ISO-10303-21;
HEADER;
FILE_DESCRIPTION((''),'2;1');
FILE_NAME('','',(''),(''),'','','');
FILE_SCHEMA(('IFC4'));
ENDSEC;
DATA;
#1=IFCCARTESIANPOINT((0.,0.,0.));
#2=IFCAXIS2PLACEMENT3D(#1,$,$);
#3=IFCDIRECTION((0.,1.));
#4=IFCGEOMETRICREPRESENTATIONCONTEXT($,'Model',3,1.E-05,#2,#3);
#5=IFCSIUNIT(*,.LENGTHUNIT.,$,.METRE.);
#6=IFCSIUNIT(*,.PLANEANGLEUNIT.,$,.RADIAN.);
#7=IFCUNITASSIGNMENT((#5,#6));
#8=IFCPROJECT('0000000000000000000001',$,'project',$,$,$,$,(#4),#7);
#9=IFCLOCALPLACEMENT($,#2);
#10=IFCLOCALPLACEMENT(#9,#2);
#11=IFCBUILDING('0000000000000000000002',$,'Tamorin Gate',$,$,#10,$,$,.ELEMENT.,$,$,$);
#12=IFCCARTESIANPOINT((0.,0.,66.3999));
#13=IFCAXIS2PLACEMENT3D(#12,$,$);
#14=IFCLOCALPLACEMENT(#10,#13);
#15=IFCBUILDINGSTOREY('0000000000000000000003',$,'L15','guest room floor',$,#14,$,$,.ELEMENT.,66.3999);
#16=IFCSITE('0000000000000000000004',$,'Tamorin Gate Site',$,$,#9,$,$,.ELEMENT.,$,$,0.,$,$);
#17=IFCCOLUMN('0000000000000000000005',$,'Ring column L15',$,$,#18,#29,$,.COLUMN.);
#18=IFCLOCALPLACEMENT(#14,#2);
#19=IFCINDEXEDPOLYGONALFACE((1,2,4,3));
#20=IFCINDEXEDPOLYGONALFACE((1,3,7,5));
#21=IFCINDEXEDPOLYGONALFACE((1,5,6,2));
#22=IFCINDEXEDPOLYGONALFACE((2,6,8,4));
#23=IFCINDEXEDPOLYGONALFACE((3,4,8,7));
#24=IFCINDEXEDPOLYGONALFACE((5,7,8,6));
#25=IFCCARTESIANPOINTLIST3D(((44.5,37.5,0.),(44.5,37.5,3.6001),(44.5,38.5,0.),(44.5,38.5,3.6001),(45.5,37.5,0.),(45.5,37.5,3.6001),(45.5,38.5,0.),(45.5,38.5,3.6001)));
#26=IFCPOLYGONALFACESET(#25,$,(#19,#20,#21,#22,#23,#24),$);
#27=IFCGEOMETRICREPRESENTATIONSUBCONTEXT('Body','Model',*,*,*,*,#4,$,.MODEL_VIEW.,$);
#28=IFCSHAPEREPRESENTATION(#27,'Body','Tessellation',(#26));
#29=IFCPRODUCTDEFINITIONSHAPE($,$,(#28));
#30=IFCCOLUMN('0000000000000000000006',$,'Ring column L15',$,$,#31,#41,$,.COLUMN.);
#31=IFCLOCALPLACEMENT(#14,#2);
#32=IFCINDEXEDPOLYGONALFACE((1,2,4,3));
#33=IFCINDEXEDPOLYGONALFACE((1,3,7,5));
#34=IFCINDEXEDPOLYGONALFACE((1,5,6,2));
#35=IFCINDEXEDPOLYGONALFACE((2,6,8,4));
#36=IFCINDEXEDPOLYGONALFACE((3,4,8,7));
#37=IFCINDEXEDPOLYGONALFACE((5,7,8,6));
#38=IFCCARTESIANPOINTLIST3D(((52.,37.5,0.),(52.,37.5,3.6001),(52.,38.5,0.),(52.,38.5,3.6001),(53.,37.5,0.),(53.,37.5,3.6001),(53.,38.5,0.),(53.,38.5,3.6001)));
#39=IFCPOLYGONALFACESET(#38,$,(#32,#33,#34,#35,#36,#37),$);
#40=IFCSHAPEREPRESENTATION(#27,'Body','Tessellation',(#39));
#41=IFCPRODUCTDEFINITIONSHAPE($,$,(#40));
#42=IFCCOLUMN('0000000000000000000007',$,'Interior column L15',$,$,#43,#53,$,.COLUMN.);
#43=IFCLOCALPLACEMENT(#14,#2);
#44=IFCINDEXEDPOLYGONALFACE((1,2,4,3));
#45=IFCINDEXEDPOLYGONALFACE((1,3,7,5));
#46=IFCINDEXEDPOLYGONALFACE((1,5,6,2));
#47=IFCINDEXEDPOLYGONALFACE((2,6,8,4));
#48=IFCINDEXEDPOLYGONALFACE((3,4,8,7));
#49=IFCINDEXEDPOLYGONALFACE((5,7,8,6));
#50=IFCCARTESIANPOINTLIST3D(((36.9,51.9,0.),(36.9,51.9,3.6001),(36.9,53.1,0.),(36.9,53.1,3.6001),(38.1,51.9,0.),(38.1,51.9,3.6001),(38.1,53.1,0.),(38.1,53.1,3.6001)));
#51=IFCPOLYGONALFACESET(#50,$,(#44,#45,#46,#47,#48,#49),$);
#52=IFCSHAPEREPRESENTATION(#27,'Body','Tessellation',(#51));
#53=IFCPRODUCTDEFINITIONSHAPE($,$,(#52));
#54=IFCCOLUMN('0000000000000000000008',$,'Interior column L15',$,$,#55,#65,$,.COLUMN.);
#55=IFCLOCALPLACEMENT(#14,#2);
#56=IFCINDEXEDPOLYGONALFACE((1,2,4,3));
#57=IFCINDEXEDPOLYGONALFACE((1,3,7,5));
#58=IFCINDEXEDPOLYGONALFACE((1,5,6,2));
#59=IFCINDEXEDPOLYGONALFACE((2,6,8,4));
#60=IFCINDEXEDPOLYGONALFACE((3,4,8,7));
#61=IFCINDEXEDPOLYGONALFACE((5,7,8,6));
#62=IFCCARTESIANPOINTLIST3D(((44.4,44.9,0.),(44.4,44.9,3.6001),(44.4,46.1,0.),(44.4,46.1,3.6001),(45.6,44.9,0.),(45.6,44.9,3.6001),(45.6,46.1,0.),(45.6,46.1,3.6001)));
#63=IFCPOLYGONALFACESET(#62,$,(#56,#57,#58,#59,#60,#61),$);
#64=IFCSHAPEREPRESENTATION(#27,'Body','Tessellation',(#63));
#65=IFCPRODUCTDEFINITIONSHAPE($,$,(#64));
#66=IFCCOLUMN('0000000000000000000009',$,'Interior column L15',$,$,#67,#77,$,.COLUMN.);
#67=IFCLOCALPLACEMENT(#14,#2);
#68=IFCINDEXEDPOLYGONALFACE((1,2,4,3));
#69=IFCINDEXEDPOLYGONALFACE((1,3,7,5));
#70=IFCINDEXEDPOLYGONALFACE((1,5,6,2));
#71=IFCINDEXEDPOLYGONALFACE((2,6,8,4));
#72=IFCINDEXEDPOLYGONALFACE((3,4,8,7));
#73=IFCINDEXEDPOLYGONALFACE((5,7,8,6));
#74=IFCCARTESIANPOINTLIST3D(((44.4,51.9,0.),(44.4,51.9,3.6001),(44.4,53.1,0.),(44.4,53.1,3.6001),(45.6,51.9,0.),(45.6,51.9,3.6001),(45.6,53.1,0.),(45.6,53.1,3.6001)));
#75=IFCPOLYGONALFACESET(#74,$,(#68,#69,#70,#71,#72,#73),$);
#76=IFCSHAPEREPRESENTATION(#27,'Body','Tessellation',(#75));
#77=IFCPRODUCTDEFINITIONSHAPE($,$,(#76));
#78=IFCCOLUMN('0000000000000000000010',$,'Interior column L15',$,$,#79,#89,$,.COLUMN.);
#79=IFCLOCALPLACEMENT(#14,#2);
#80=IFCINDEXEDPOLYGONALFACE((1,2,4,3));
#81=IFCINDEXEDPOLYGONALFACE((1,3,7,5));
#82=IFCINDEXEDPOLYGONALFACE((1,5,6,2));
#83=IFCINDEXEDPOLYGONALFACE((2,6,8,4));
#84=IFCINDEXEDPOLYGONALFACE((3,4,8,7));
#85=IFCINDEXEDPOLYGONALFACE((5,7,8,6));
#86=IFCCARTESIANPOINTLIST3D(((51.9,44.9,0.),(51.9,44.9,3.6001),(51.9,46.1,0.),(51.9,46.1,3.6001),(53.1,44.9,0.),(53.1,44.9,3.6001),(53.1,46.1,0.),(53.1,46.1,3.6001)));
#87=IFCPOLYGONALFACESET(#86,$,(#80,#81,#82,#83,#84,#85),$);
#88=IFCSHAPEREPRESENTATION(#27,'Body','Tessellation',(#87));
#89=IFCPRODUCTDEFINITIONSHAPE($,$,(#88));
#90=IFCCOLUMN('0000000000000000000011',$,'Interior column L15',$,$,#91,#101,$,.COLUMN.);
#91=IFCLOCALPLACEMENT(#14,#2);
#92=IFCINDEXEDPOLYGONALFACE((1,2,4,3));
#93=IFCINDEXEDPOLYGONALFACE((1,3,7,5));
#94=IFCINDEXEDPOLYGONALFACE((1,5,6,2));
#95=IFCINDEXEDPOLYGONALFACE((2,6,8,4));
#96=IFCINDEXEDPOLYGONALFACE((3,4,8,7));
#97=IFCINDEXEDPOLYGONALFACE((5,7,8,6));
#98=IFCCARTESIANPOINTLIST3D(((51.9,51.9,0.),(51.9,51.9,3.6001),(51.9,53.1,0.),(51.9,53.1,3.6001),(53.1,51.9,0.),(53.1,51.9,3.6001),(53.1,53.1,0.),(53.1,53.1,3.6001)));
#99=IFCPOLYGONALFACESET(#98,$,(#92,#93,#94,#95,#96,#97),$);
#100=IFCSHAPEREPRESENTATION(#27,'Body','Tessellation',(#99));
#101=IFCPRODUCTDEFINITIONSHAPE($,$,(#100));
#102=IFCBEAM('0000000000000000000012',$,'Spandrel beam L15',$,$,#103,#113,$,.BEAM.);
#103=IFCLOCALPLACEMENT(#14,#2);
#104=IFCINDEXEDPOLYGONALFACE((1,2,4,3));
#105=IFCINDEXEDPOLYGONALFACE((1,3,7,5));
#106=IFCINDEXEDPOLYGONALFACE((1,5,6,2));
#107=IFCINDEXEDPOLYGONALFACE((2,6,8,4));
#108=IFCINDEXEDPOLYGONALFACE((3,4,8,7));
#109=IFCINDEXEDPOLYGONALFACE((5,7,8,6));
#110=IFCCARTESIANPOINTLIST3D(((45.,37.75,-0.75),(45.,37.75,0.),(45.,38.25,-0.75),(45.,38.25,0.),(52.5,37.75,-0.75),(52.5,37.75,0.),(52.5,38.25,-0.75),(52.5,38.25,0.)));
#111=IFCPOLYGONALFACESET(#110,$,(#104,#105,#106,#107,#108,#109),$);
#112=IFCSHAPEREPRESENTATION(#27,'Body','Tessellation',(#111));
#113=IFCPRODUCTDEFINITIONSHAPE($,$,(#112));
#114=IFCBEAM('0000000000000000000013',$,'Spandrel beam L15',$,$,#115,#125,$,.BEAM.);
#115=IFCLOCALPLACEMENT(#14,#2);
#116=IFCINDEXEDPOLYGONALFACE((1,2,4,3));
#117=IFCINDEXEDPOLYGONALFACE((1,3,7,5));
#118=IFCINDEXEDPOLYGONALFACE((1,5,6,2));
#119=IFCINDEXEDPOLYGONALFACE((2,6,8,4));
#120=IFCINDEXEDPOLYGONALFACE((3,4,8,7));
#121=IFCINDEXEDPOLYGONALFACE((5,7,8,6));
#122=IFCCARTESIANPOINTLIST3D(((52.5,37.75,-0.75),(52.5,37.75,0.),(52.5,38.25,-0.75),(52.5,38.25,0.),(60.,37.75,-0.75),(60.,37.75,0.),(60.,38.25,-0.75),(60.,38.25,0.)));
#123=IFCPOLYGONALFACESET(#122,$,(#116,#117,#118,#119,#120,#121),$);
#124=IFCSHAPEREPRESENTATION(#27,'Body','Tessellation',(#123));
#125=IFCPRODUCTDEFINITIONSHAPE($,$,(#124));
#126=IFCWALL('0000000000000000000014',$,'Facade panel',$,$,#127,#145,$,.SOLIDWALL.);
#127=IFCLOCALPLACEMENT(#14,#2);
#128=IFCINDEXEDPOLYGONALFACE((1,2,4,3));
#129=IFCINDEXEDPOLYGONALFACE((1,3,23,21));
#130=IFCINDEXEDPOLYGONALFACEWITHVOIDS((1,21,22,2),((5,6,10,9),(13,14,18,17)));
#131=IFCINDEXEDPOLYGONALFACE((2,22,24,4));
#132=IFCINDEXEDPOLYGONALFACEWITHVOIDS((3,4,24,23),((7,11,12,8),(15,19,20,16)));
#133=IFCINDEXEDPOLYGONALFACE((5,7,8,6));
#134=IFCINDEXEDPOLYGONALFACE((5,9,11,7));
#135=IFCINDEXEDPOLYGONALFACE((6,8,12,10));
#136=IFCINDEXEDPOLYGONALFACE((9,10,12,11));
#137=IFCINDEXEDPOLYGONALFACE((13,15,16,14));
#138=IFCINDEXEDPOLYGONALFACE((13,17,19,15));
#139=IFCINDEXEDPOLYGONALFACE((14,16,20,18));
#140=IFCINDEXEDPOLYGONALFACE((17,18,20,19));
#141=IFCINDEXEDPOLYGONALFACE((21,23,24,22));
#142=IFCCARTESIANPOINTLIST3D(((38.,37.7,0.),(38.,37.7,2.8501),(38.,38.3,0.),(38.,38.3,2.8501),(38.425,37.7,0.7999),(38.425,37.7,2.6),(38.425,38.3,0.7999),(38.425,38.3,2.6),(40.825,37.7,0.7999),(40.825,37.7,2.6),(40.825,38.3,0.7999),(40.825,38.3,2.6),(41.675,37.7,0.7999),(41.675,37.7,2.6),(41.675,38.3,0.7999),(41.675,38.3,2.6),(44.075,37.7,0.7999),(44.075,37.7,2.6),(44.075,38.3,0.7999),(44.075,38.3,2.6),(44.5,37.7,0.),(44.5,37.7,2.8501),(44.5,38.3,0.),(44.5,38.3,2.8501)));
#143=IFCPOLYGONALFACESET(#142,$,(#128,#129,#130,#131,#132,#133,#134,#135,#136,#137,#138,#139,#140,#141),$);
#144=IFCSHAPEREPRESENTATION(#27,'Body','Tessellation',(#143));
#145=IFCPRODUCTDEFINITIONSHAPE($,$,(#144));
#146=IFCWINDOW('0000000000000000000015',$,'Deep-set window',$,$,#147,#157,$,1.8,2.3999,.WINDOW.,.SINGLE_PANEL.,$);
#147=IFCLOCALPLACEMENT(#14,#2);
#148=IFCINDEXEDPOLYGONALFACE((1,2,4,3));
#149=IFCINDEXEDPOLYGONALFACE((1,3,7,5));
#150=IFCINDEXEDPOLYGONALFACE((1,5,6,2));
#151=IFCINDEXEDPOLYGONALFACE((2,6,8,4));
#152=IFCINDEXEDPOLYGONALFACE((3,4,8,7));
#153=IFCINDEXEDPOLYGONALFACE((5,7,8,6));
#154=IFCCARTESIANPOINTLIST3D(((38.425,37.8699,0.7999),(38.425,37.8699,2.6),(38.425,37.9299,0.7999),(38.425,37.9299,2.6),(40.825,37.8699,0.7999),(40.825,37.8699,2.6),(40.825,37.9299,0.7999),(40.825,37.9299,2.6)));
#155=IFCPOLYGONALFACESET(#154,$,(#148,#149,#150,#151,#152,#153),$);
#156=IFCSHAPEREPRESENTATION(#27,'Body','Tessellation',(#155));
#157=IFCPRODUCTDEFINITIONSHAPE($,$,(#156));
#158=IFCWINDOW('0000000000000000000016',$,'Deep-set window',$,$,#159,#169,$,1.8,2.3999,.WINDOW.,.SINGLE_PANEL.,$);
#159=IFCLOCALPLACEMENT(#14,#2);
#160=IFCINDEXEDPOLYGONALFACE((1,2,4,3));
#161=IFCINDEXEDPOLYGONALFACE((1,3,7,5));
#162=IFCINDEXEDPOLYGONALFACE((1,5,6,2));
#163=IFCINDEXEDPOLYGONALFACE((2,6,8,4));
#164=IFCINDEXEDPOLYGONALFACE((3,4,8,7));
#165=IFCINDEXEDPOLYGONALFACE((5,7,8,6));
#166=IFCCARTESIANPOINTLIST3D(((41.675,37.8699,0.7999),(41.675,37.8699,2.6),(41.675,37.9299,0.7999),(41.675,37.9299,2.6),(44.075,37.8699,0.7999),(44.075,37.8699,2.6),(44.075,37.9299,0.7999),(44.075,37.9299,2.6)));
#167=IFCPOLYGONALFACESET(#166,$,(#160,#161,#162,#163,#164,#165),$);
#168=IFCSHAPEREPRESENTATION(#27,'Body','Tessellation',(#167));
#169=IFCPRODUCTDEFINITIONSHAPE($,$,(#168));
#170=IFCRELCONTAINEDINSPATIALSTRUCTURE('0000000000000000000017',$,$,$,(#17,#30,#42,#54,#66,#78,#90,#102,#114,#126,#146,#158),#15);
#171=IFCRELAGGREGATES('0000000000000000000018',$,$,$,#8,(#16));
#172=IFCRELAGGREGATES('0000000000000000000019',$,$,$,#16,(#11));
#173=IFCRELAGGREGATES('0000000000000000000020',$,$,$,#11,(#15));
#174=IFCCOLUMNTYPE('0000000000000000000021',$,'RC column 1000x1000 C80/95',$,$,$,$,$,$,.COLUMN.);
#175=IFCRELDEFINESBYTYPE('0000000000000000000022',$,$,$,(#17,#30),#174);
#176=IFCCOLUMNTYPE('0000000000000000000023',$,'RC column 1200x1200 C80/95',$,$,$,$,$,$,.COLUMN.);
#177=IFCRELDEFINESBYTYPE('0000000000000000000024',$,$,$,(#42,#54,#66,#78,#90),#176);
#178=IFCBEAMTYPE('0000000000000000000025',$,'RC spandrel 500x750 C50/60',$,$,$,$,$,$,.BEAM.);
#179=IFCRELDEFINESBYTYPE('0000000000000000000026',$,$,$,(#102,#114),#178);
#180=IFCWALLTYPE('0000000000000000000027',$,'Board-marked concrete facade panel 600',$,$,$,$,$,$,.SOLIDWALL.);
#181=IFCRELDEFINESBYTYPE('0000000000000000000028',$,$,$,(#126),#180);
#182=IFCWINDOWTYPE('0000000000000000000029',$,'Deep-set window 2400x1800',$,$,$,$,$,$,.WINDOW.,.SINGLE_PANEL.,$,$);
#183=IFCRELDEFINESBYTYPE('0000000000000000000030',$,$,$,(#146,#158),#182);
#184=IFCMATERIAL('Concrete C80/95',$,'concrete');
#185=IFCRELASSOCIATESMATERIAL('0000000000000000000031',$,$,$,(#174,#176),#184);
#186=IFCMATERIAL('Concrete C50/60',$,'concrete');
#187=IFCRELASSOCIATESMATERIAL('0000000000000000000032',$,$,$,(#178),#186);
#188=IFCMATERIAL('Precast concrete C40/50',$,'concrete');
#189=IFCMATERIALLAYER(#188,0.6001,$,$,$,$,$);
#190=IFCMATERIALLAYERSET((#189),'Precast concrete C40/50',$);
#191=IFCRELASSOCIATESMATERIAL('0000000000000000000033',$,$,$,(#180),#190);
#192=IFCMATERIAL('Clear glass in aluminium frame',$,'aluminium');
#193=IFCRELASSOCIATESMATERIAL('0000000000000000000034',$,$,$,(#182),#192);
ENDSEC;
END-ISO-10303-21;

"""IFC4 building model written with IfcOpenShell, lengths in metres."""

from ifc_helpers import new_model, si_unit, direction, frame, frame_2d, origin, origin_2d, place, context, subcontext, project, spatial, rectangle, extrude, material, layer, layer_set, material_profile, profile_set, type_object, element, fill, save


model = new_model("IFC4")

# Units and contexts
model_context = context("Model", 3, precision=1e-05, world=origin(), true_north=direction((0.0, 1.0)))
body_context = subcontext(model_context, "Body", "Model", "MODEL_VIEW")
ifc_project = project(units=[si_unit("LENGTHUNIT", "METRE"), si_unit("PLANEANGLEUNIT", "RADIAN")], contexts=[model_context])

# Site, building, storey
site_placement = place(None, origin())
site = spatial("IfcSite", under=ifc_project, at=site_placement, Name="Tamorin Gate Site", CompositionType="ELEMENT", RefElevation=0.0)
building_placement = place(site_placement, origin())
building = spatial("IfcBuilding", under=site, at=building_placement, Name="Tamorin Gate", CompositionType="ELEMENT")
storey_placement = place(building_placement, frame((0.0, 0.0, 66.3999)))
storey = spatial("IfcBuildingStorey", under=building, at=storey_placement, Name="L15", Description="guest room floor", CompositionType="ELEMENT", Elevation=66.3999)

# Columns
ifc_material_1 = material(Name="Concrete C80/95", Category="concrete")
ifc_material_profile_1 = material_profile(ifc_material_1, rectangle(XDim=1.0, YDim=1.0, at=origin_2d()), Name="RC 1000x1000")
ifc_profile_set_1 = profile_set([ifc_material_profile_1], Name="Concrete C80/95")
column_type_1 = type_object("IfcColumnType", Name="RC column 1000x1000 C80/95", PredefinedType="COLUMN", material=ifc_profile_set_1)
for number, where, z_axis, x_axis, name in (
    (1, (45.0, 38.0, 0.0), (0.0, 0.0, 1.0), (1.0, 0.0, 0.0), "Ring column L15"),
    (2, (52.5, 38.0, 0.0), (0.0, 0.0, 1.0), (1.0, 0.0, 0.0), "Ring column L15"),
):
    element("IfcColumn", number, at=place(storey_placement, frame(where, z_axis=z_axis, x_axis=x_axis)), inside=storey, type_object=column_type_1, Name=name, PredefinedType="COLUMN", context=body_context, shape_type="SweptSolid", body=[
        extrude(rectangle(XDim=1.0, YDim=1.0, at=origin_2d()), origin(), (0.0, 0.0, 1.0), 3.6001),
    ])
ifc_material_profile_2 = material_profile(ifc_material_1, rectangle(XDim=1.2, YDim=1.2, at=origin_2d()), Name="RC 1200x1200")
ifc_profile_set_2 = profile_set([ifc_material_profile_2], Name="Concrete C80/95")
column_type_2 = type_object("IfcColumnType", Name="RC column 1200x1200 C80/95", PredefinedType="COLUMN", material=ifc_profile_set_2)
for number, where, z_axis, x_axis, name in (
    (3, (37.5, 52.5, 0.0), (0.0, 0.0, 1.0), (1.0, 0.0, 0.0), "Interior column L15"),
    (4, (45.0, 45.5, 0.0), (0.0, 0.0, 1.0), (1.0, 0.0, 0.0), "Interior column L15"),
    (5, (45.0, 52.5, 0.0), (0.0, 0.0, 1.0), (1.0, 0.0, 0.0), "Interior column L15"),
    (6, (52.5, 45.5, 0.0), (0.0, 0.0, 1.0), (1.0, 0.0, 0.0), "Interior column L15"),
    (7, (52.5, 52.5, 0.0), (0.0, 0.0, 1.0), (1.0, 0.0, 0.0), "Interior column L15"),
):
    element("IfcColumn", number, at=place(storey_placement, frame(where, z_axis=z_axis, x_axis=x_axis)), inside=storey, type_object=column_type_2, Name=name, PredefinedType="COLUMN", context=body_context, shape_type="SweptSolid", body=[
        extrude(rectangle(XDim=1.2, YDim=1.2, at=origin_2d()), origin(), (0.0, 0.0, 1.0), 3.6001),
    ])

# Beams
ifc_material_2 = material(Name="Concrete C50/60", Category="concrete")
ifc_material_profile_3 = material_profile(ifc_material_2, rectangle(XDim=0.5, YDim=0.75, at=origin_2d()), Name="RC 500x750")
ifc_profile_set_3 = profile_set([ifc_material_profile_3], Name="Concrete C50/60")
beam_type = type_object("IfcBeamType", Name="RC spandrel 500x750 C50/60", PredefinedType="BEAM", material=ifc_profile_set_3)
for number, where, z_axis, x_axis, name in (
    (8, (45.0, 38.0, -0.375), (1.0, 0.0, 0.0), (0.0, 1.0, 0.0), "Spandrel beam L15"),
    (9, (52.5, 38.0, -0.375), (1.0, 0.0, 0.0), (0.0, 1.0, 0.0), "Spandrel beam L15"),
):
    element("IfcBeam", number, at=place(storey_placement, frame(where, z_axis=z_axis, x_axis=x_axis)), inside=storey, type_object=beam_type, Name=name, PredefinedType="BEAM", context=body_context, shape_type="SweptSolid", body=[
        extrude(rectangle(XDim=0.5, YDim=0.75, at=origin_2d()), origin(), (0.0, 0.0, 1.0), 7.5),
    ])

# Wall, openings, windows
ifc_material_3 = material(Name="Precast concrete C40/50", Category="concrete")
ifc_layer_1 = layer(ifc_material_3, 0.6001)
ifc_layer_set_1 = layer_set([ifc_layer_1], Name="Precast concrete C40/50")
wall_type_1 = type_object("IfcWallType", Name="Board-marked concrete facade panel 600", PredefinedType="SOLIDWALL", material=ifc_layer_set_1)
wall_1_placement = place(storey_placement, frame((38.0, 38.0, 0.0), z_axis=(0.0, 0.0, 1.0), x_axis=(1.0, 0.0, 0.0)))
wall_1 = element("IfcWall", 10, at=wall_1_placement, inside=storey, type_object=wall_type_1, Name="Facade panel", PredefinedType="SOLIDWALL", context=body_context, shape_type="SweptSolid", body=[
    extrude(rectangle(XDim=6.5, YDim=0.6001, at=frame_2d((3.25, 0.0))), origin(), (0.0, 0.0, 1.0), 2.8501),
])
opening_1_placement = place(wall_1_placement, frame((0.425, 0.0, 0.8)))
opening_1 = element("IfcOpeningElement", 11, at=opening_1_placement, cuts=wall_1, PredefinedType="OPENING", context=body_context, shape_type="SweptSolid", body=[
    extrude(rectangle(XDim=2.3999, YDim=1.8, at=frame_2d((1.2, 0.8999))), frame((0.0, 0.3101, 0.0), z_axis=(0.0, -1.0, 0.0), x_axis=(1.0, 0.0, 0.0)), (0.0, 0.0, 1.0), 0.6201),
])
opening_2_placement = place(wall_1_placement, frame((3.675, 0.0, 0.8)))
opening_2 = element("IfcOpeningElement", 12, at=opening_2_placement, cuts=wall_1, PredefinedType="OPENING", context=body_context, shape_type="SweptSolid", body=[
    extrude(rectangle(XDim=2.3999, YDim=1.8, at=frame_2d((1.2, 0.8999))), frame((0.0, 0.3101, 0.0), z_axis=(0.0, -1.0, 0.0), x_axis=(1.0, 0.0, 0.0)), (0.0, 0.0, 1.0), 0.6201),
])
ifc_material_4 = material(Name="Clear glass in aluminium frame", Category="aluminium")
window_type = type_object("IfcWindowType", Name="Deep-set window 2400x1800", PartitioningType="SINGLE_PANEL", PredefinedType="WINDOW", material=ifc_material_4)
window_1_placement = place(opening_1_placement, origin())
window_1 = element("IfcWindow", 13, at=window_1_placement, inside=storey, type_object=window_type, Name="Deep-set window", OverallHeight=1.8, OverallWidth=2.3999, PartitioningType="SINGLE_PANEL", PredefinedType="WINDOW", context=body_context, shape_type="SweptSolid", body=[
    extrude(rectangle(XDim=2.3999, YDim=1.8, at=frame_2d((1.2, 0.8999))), frame((0.0, -0.0701, 0.0), z_axis=(0.0, -1.0, 0.0), x_axis=(1.0, 0.0, 0.0)), (0.0, 0.0, 1.0), 0.0601),
])
fill(opening_1, window_1)
window_2_placement = place(opening_2_placement, origin())
window_2 = element("IfcWindow", 14, at=window_2_placement, inside=storey, type_object=window_type, Name="Deep-set window", OverallHeight=1.8, OverallWidth=2.3999, PartitioningType="SINGLE_PANEL", PredefinedType="WINDOW", context=body_context, shape_type="SweptSolid", body=[
    extrude(rectangle(XDim=2.3999, YDim=1.8, at=frame_2d((1.2, 0.8999))), frame((0.0, -0.0701, 0.0), z_axis=(0.0, -1.0, 0.0), x_axis=(1.0, 0.0, 0.0)), (0.0, 0.0, 1.0), 0.0601),
])
fill(opening_2, window_2)

save(model, "model.ifc")
